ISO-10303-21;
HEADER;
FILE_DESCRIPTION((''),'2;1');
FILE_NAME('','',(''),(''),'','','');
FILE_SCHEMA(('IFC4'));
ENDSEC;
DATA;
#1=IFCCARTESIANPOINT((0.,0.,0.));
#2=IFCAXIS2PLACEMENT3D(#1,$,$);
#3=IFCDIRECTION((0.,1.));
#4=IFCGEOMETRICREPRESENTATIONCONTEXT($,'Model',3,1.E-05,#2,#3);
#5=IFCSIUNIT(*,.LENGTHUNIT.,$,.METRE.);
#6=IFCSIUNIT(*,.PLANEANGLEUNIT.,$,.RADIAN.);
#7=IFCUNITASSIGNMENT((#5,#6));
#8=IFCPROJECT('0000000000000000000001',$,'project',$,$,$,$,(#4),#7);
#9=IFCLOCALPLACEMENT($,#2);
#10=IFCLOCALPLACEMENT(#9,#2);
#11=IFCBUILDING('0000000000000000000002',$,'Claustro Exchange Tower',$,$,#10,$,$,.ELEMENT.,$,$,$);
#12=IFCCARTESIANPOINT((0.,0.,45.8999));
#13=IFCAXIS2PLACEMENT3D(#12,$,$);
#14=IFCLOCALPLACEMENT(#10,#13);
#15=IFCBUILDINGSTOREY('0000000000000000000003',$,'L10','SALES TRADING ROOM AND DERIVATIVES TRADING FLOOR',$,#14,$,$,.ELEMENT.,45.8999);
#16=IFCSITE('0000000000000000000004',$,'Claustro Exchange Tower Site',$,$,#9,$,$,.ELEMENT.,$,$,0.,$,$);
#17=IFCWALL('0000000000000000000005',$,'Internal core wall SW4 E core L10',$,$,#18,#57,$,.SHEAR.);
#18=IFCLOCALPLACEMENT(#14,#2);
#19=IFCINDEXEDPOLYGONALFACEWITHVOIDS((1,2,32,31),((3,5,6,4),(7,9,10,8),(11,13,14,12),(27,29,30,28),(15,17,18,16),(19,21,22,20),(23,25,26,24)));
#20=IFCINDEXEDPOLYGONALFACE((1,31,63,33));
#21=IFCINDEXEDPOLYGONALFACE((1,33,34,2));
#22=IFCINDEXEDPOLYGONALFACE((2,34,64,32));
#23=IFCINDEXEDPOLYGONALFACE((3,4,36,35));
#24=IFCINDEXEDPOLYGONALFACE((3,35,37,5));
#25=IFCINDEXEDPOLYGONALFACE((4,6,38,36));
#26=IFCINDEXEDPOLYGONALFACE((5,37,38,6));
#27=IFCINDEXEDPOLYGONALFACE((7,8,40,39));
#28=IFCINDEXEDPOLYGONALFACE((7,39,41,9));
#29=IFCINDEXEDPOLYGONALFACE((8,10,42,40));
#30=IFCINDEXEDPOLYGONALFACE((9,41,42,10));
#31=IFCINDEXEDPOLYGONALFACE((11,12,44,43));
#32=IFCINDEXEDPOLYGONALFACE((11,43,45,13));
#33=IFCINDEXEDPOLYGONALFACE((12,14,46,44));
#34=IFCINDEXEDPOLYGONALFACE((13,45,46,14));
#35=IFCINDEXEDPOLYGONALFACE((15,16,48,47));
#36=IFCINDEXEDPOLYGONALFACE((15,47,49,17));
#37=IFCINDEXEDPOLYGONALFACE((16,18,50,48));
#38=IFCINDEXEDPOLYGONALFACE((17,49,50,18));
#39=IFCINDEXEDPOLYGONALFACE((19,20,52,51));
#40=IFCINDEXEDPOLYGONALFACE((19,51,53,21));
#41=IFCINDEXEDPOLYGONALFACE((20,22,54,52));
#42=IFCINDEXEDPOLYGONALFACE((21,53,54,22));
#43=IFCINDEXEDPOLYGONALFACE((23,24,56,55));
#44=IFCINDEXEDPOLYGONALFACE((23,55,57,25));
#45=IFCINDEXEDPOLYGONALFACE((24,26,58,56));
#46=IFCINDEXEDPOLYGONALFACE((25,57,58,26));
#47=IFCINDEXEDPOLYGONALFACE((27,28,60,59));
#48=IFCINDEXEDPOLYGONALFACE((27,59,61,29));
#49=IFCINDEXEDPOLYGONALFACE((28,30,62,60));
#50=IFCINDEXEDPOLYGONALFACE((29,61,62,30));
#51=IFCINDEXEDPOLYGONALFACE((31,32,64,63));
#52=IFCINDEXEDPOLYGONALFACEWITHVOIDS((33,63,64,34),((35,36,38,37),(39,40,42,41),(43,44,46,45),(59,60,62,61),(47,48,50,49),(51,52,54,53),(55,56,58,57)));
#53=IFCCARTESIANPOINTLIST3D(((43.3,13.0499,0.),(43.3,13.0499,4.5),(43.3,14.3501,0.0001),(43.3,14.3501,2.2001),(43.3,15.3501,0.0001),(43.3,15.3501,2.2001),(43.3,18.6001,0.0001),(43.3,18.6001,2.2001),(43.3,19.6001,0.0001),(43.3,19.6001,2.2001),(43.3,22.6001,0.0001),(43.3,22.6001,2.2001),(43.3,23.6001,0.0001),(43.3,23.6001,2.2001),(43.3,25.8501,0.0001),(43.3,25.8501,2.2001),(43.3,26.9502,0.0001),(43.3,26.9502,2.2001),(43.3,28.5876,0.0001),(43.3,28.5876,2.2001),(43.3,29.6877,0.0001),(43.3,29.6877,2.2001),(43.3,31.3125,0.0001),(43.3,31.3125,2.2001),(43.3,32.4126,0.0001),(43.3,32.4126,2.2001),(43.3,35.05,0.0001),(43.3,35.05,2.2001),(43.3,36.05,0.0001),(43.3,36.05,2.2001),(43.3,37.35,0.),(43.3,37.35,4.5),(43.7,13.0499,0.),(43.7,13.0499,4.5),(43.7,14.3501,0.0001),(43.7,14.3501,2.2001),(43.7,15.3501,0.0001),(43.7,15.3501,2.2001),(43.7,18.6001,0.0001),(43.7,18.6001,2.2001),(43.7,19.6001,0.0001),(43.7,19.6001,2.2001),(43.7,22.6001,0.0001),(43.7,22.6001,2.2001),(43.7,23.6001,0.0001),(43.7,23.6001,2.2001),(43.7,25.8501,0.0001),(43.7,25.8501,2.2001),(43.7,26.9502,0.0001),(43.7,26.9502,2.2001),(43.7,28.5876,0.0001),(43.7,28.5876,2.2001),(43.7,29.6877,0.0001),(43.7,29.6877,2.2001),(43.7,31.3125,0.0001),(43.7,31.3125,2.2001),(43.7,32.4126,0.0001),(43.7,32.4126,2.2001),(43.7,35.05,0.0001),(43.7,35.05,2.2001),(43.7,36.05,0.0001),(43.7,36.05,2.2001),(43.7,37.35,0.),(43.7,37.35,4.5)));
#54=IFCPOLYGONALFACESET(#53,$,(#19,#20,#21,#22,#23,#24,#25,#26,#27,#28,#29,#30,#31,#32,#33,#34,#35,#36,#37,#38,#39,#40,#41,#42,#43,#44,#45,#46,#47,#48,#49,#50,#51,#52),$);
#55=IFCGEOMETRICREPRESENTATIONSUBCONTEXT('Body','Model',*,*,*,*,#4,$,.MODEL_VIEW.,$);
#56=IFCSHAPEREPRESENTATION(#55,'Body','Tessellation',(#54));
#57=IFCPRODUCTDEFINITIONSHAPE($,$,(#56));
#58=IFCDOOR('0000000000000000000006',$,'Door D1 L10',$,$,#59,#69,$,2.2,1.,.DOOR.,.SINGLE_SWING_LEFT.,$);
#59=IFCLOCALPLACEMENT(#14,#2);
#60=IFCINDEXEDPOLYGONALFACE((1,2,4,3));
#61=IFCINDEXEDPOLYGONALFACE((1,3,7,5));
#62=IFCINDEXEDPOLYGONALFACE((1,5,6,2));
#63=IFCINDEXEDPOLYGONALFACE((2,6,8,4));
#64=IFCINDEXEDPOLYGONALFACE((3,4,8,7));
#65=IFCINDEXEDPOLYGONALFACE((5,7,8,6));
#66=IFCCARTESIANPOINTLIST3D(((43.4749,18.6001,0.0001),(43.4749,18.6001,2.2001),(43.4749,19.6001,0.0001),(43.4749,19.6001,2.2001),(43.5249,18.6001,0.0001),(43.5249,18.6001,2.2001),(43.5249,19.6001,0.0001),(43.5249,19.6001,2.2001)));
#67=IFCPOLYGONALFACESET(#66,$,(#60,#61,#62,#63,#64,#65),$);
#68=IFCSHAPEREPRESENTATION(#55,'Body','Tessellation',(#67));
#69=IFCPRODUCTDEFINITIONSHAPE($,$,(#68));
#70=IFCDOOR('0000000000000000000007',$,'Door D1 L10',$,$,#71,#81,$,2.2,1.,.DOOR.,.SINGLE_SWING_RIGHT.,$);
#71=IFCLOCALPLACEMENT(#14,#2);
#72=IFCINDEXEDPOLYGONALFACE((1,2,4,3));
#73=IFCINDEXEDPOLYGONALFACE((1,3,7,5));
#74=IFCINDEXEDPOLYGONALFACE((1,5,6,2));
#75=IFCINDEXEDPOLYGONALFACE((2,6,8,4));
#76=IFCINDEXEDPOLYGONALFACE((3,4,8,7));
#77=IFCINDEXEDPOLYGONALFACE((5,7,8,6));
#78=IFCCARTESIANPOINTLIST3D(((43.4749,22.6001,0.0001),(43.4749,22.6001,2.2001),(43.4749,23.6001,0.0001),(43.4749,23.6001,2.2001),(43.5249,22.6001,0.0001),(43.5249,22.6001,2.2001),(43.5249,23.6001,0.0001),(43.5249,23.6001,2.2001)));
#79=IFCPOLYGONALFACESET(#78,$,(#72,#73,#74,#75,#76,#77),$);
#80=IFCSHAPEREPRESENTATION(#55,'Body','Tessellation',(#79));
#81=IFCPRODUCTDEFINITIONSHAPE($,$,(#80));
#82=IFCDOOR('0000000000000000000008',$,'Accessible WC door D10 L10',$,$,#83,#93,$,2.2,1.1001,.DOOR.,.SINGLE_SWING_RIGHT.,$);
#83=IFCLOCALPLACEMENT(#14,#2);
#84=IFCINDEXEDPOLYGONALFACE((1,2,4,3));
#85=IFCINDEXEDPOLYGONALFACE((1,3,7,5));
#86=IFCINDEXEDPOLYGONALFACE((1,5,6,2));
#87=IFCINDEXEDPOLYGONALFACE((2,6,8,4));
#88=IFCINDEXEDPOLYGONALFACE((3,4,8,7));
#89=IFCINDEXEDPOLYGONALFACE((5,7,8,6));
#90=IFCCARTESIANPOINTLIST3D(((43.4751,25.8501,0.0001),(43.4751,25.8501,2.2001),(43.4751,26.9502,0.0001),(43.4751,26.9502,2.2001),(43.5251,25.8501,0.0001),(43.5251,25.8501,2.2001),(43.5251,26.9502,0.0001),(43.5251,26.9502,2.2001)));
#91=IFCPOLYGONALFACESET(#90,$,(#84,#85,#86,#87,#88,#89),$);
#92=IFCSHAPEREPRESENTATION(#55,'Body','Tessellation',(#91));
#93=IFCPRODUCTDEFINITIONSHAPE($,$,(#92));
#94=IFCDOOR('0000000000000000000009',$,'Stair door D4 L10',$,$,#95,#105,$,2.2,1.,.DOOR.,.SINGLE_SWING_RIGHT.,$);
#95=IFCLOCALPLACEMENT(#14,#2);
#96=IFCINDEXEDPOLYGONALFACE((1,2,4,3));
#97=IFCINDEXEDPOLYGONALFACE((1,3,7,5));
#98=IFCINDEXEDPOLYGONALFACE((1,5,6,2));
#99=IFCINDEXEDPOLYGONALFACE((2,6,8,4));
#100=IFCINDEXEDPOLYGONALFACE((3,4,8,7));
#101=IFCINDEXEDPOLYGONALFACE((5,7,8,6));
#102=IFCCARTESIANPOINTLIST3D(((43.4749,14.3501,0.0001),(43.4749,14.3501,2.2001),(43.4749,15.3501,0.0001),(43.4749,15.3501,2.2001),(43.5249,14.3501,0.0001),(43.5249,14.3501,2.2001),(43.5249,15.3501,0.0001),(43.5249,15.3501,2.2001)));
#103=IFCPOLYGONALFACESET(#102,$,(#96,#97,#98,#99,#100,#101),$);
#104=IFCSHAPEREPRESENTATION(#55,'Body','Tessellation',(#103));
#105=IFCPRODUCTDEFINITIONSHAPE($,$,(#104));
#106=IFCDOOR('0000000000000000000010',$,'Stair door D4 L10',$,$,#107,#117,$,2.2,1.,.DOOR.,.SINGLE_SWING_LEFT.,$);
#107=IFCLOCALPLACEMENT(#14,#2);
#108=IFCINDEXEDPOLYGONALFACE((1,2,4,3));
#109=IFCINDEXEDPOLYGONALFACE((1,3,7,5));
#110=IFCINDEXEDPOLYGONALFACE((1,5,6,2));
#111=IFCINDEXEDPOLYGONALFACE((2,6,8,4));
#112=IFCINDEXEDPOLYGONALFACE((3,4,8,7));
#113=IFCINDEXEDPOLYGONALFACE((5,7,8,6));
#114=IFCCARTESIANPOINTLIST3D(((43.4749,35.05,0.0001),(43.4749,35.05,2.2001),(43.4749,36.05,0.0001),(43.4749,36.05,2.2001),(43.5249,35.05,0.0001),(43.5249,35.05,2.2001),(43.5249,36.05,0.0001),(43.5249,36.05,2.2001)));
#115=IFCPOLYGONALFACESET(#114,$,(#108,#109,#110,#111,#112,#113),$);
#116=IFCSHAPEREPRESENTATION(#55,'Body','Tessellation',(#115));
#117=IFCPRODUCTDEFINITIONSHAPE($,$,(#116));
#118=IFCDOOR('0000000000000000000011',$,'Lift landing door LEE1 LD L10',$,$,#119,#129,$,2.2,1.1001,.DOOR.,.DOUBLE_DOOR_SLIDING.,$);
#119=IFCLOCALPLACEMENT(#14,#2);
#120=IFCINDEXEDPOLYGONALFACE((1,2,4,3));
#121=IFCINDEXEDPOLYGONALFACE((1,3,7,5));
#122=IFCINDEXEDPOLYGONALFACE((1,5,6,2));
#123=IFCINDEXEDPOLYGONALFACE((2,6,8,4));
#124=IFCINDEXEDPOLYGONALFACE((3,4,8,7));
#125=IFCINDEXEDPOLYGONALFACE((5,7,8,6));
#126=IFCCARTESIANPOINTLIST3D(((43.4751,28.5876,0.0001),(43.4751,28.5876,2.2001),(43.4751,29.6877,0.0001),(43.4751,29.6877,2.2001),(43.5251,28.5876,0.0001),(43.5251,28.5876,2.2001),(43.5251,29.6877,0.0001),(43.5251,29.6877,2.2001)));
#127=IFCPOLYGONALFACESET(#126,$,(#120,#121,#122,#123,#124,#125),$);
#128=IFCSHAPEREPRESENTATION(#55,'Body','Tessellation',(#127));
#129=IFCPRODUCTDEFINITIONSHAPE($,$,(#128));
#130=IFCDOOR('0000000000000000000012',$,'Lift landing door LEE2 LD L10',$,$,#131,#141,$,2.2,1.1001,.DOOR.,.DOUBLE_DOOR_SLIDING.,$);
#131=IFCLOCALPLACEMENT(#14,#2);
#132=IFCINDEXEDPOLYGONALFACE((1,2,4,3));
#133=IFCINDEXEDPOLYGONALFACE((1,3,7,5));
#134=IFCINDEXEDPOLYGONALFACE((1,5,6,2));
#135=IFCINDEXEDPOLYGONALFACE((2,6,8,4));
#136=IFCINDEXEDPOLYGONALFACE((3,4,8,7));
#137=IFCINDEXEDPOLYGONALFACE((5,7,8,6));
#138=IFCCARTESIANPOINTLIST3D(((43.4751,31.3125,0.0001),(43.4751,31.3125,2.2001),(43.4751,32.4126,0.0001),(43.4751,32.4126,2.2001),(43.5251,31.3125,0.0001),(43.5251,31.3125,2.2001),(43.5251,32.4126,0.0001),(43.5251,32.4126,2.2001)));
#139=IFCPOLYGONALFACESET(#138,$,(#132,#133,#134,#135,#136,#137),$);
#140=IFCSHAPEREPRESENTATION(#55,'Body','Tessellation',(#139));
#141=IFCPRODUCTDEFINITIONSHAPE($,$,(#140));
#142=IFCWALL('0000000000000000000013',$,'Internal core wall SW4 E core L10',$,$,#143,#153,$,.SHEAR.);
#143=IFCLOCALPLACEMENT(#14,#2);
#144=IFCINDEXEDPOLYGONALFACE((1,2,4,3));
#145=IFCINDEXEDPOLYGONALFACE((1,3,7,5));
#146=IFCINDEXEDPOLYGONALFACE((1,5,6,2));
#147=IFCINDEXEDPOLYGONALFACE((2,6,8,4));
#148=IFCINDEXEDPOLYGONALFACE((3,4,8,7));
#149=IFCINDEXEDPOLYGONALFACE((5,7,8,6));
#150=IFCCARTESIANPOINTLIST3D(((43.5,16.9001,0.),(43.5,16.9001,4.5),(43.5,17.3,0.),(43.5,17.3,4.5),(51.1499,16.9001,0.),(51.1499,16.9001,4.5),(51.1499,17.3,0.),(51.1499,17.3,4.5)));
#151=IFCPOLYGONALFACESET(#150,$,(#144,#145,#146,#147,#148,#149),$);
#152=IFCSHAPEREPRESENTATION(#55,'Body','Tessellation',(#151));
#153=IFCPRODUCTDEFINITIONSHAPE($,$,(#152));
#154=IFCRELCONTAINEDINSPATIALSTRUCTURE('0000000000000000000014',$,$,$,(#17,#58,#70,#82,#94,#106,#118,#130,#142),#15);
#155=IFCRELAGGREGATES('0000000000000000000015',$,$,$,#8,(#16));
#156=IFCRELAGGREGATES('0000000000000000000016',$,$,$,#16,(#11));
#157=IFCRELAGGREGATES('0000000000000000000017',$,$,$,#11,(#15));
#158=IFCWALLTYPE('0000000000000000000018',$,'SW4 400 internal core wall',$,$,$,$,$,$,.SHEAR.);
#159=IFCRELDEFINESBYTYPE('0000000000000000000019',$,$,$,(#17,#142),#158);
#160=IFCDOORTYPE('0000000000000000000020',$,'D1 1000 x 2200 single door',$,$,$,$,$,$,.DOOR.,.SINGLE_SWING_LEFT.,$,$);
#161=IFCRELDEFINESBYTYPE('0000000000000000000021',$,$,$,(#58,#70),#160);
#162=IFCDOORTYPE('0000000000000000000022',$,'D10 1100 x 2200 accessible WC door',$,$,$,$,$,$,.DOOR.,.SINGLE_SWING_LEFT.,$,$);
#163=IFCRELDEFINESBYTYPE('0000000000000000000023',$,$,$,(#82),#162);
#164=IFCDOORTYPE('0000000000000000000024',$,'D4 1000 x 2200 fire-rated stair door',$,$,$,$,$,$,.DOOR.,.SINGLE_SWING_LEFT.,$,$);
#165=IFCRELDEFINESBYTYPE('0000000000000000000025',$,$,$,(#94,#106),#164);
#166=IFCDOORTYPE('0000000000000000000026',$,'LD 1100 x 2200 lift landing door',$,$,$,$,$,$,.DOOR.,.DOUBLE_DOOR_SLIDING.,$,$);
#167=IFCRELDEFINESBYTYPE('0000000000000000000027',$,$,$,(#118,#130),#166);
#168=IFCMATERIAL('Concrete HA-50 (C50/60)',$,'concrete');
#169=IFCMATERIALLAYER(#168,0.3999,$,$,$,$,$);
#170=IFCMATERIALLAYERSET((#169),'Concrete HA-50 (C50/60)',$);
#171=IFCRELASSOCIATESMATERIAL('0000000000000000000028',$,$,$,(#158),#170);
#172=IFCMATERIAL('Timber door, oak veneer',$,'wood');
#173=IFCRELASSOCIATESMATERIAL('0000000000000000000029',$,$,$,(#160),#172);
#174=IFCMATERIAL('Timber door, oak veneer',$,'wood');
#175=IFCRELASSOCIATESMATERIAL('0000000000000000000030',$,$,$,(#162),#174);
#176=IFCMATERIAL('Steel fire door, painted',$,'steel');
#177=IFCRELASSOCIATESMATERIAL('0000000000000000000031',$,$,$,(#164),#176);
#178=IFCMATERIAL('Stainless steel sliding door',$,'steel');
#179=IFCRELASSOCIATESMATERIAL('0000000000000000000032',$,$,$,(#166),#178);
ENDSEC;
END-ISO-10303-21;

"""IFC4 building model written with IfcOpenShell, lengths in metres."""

from ifc_helpers import new_model, si_unit, direction, frame, frame_2d, origin, place, context, subcontext, project, spatial, rectangle, extrude, material, layer, layer_set, type_object, element, fill, save


model = new_model("IFC4")

# Units and contexts
model_context = context("Model", 3, precision=1e-05, world=origin(), true_north=direction((0.0, 1.0)))
body_context = subcontext(model_context, "Body", "Model", "MODEL_VIEW")
ifc_project = project(units=[si_unit("LENGTHUNIT", "METRE"), si_unit("PLANEANGLEUNIT", "RADIAN")], contexts=[model_context])

# Site, building, storey
site_placement = place(None, origin())
site = spatial("IfcSite", under=ifc_project, at=site_placement, Name="Claustro Exchange Tower Site", CompositionType="ELEMENT", RefElevation=0.0)
building_placement = place(site_placement, origin())
building = spatial("IfcBuilding", under=site, at=building_placement, Name="Claustro Exchange Tower", CompositionType="ELEMENT")
storey_placement = place(building_placement, frame((0.0, 0.0, 45.8999)))
storey = spatial("IfcBuildingStorey", under=building, at=storey_placement, Name="L10", Description="SALES TRADING ROOM AND DERIVATIVES TRADING FLOOR", CompositionType="ELEMENT", Elevation=45.8999)

# Wall, openings, doors
ifc_material_1 = material(Name="Concrete HA-50 (C50/60)", Category="concrete")
ifc_layer_1 = layer(ifc_material_1, 0.3999)
ifc_layer_set_1 = layer_set([ifc_layer_1], Name="Concrete HA-50 (C50/60)")
wall_type_1 = type_object("IfcWallType", Name="SW4 400 internal core wall", PredefinedType="SHEAR", material=ifc_layer_set_1)
wall_1_placement = place(storey_placement, frame((43.5, 13.05, 0.0), z_axis=(0.0, 0.0, 1.0), x_axis=(0.0, 1.0, 0.0)))
wall_1 = element("IfcWall", 1, at=wall_1_placement, inside=storey, type_object=wall_type_1, Name="Internal core wall SW4 E core L10", PredefinedType="SHEAR", context=body_context, shape_type="SweptSolid", body=[
    extrude(rectangle(XDim=24.3, YDim=0.3999, at=frame_2d((12.1499, 0.0))), origin(), (0.0, 0.0, 1.0), 4.5),
])
opening_1_placement = place(wall_1_placement, frame((1.3, 0.0, 0.0)))
opening_1 = element("IfcOpeningElement", 2, at=opening_1_placement, cuts=wall_1, PredefinedType="OPENING", context=body_context, shape_type="SweptSolid", body=[
    extrude(rectangle(XDim=1.0, YDim=2.2, at=frame_2d((0.5, 1.1001))), frame((0.0, 0.21, 0.0), z_axis=(0.0, -1.0, 0.0), x_axis=(1.0, 0.0, 0.0)), (0.0, 0.0, 1.0), 0.4199),
])
opening_2_placement = place(wall_1_placement, frame((22.0, 0.0, 0.0)))
opening_2 = element("IfcOpeningElement", 3, at=opening_2_placement, cuts=wall_1, PredefinedType="OPENING", context=body_context, shape_type="SweptSolid", body=[
    extrude(rectangle(XDim=1.0, YDim=2.2, at=frame_2d((0.5, 1.1001))), frame((0.0, 0.21, 0.0), z_axis=(0.0, -1.0, 0.0), x_axis=(1.0, 0.0, 0.0)), (0.0, 0.0, 1.0), 0.4199),
])
opening_3_placement = place(wall_1_placement, frame((5.55, 0.0, 0.0)))
opening_3 = element("IfcOpeningElement", 4, at=opening_3_placement, cuts=wall_1, PredefinedType="OPENING", context=body_context, shape_type="SweptSolid", body=[
    extrude(rectangle(XDim=1.0, YDim=2.2, at=frame_2d((0.5, 1.1001))), frame((0.0, 0.21, 0.0), z_axis=(0.0, -1.0, 0.0), x_axis=(1.0, 0.0, 0.0)), (0.0, 0.0, 1.0), 0.4199),
])
opening_4_placement = place(wall_1_placement, frame((9.55, 0.0, 0.0)))
opening_4 = element("IfcOpeningElement", 5, at=opening_4_placement, cuts=wall_1, PredefinedType="OPENING", context=body_context, shape_type="SweptSolid", body=[
    extrude(rectangle(XDim=1.0, YDim=2.2, at=frame_2d((0.5, 1.1001))), frame((0.0, 0.21, 0.0), z_axis=(0.0, -1.0, 0.0), x_axis=(1.0, 0.0, 0.0)), (0.0, 0.0, 1.0), 0.4199),
])
opening_5_placement = place(wall_1_placement, frame((12.8, 0.0, 0.0)))
opening_5 = element("IfcOpeningElement", 6, at=opening_5_placement, cuts=wall_1, PredefinedType="OPENING", context=body_context, shape_type="SweptSolid", body=[
    extrude(rectangle(XDim=1.1001, YDim=2.2, at=frame_2d((0.55, 1.1001))), frame((0.0, 0.21, 0.0), z_axis=(0.0, -1.0, 0.0), x_axis=(1.0, 0.0, 0.0)), (0.0, 0.0, 1.0), 0.4199),
])
opening_6_placement = place(wall_1_placement, frame((15.5376, 0.0, 0.0)))
opening_6 = element("IfcOpeningElement", 7, at=opening_6_placement, cuts=wall_1, PredefinedType="OPENING", context=body_context, shape_type="SweptSolid", body=[
    extrude(rectangle(XDim=1.1001, YDim=2.2, at=frame_2d((0.55, 1.1001))), frame((0.0, 0.21, 0.0), z_axis=(0.0, -1.0, 0.0), x_axis=(1.0, 0.0, 0.0)), (0.0, 0.0, 1.0), 0.4199),
])
opening_7_placement = place(wall_1_placement, frame((18.2625, 0.0, 0.0)))
opening_7 = element("IfcOpeningElement", 8, at=opening_7_placement, cuts=wall_1, PredefinedType="OPENING", context=body_context, shape_type="SweptSolid", body=[
    extrude(rectangle(XDim=1.1001, YDim=2.2, at=frame_2d((0.55, 1.1001))), frame((0.0, 0.21, 0.0), z_axis=(0.0, -1.0, 0.0), x_axis=(1.0, 0.0, 0.0)), (0.0, 0.0, 1.0), 0.4199),
])
ifc_material_2 = material(Name="Timber door, oak veneer", Category="wood")
door_type_1 = type_object("IfcDoorType", Name="D1 1000 x 2200 single door", OperationType="SINGLE_SWING_LEFT", PredefinedType="DOOR", material=ifc_material_2)
door_1_placement = place(opening_3_placement, frame((1.0, 0.0, 0.0), z_axis=(0.0, 0.0, 1.0), x_axis=(-1.0, 0.0, 0.0)))
door_1 = element("IfcDoor", 9, at=door_1_placement, inside=storey, type_object=door_type_1, Name="Door D1 L10", OperationType="SINGLE_SWING_LEFT", OverallHeight=2.2, OverallWidth=1.0, PredefinedType="DOOR", context=body_context, shape_type="SweptSolid", body=[
    extrude(rectangle(XDim=1.0, YDim=2.2, at=frame_2d((0.5, 1.1001))), frame((0.0, 0.0249, 0.0), z_axis=(0.0, -1.0, 0.0), x_axis=(1.0, 0.0, 0.0)), (0.0, 0.0, 1.0), 0.05),
])
fill(opening_3, door_1)
door_2_placement = place(opening_4_placement, frame((1.0, 0.0, 0.0), z_axis=(0.0, 0.0, 1.0), x_axis=(-1.0, 0.0, 0.0)))
door_2 = element("IfcDoor", 10, at=door_2_placement, inside=storey, type_object=door_type_1, Name="Door D1 L10", OperationType="SINGLE_SWING_RIGHT", OverallHeight=2.2, OverallWidth=1.0, PredefinedType="DOOR", context=body_context, shape_type="SweptSolid", body=[
    extrude(rectangle(XDim=1.0, YDim=2.2, at=frame_2d((0.5, 1.1001))), frame((0.0, 0.0249, 0.0), z_axis=(0.0, -1.0, 0.0), x_axis=(1.0, 0.0, 0.0)), (0.0, 0.0, 1.0), 0.05),
])
fill(opening_4, door_2)
ifc_material_3 = material(Name="Timber door, oak veneer", Category="wood")
door_type_2 = type_object("IfcDoorType", Name="D10 1100 x 2200 accessible WC door", OperationType="SINGLE_SWING_LEFT", PredefinedType="DOOR", material=ifc_material_3)
door_3_placement = place(opening_5_placement, origin())
door_3 = element("IfcDoor", 11, at=door_3_placement, inside=storey, type_object=door_type_2, Name="Accessible WC door D10 L10", OperationType="SINGLE_SWING_RIGHT", OverallHeight=2.2, OverallWidth=1.1001, PredefinedType="DOOR", context=body_context, shape_type="SweptSolid", body=[
    extrude(rectangle(XDim=1.1001, YDim=2.2, at=frame_2d((0.55, 1.1001))), frame((0.0, 0.0249, 0.0), z_axis=(0.0, -1.0, 0.0), x_axis=(1.0, 0.0, 0.0)), (0.0, 0.0, 1.0), 0.05),
])
fill(opening_5, door_3)
ifc_material_4 = material(Name="Steel fire door, painted", Category="steel")
door_type_3 = type_object("IfcDoorType", Name="D4 1000 x 2200 fire-rated stair door", OperationType="SINGLE_SWING_LEFT", PredefinedType="DOOR", material=ifc_material_4)
door_4_placement = place(opening_1_placement, frame((1.0, 0.0, 0.0), z_axis=(0.0, 0.0, 1.0), x_axis=(-1.0, 0.0, 0.0)))
door_4 = element("IfcDoor", 12, at=door_4_placement, inside=storey, type_object=door_type_3, Name="Stair door D4 L10", OperationType="SINGLE_SWING_RIGHT", OverallHeight=2.2, OverallWidth=1.0, PredefinedType="DOOR", context=body_context, shape_type="SweptSolid", body=[
    extrude(rectangle(XDim=1.0, YDim=2.2, at=frame_2d((0.5, 1.1001))), frame((0.0, 0.0249, 0.0), z_axis=(0.0, -1.0, 0.0), x_axis=(1.0, 0.0, 0.0)), (0.0, 0.0, 1.0), 0.05),
])
fill(opening_1, door_4)
door_5_placement = place(opening_2_placement, frame((1.0, 0.0, 0.0), z_axis=(0.0, 0.0, 1.0), x_axis=(-1.0, 0.0, 0.0)))
door_5 = element("IfcDoor", 13, at=door_5_placement, inside=storey, type_object=door_type_3, Name="Stair door D4 L10", OperationType="SINGLE_SWING_LEFT", OverallHeight=2.2, OverallWidth=1.0, PredefinedType="DOOR", context=body_context, shape_type="SweptSolid", body=[
    extrude(rectangle(XDim=1.0, YDim=2.2, at=frame_2d((0.5, 1.1001))), frame((0.0, 0.0249, 0.0), z_axis=(0.0, -1.0, 0.0), x_axis=(1.0, 0.0, 0.0)), (0.0, 0.0, 1.0), 0.05),
])
fill(opening_2, door_5)
ifc_material_5 = material(Name="Stainless steel sliding door", Category="steel")
door_type_4 = type_object("IfcDoorType", Name="LD 1100 x 2200 lift landing door", OperationType="DOUBLE_DOOR_SLIDING", PredefinedType="DOOR", material=ifc_material_5)
door_6_placement = place(opening_6_placement, origin())
door_6 = element("IfcDoor", 14, at=door_6_placement, inside=storey, type_object=door_type_4, Name="Lift landing door LEE1 LD L10", OperationType="DOUBLE_DOOR_SLIDING", OverallHeight=2.2, OverallWidth=1.1001, PredefinedType="DOOR", context=body_context, shape_type="SweptSolid", body=[
    extrude(rectangle(XDim=1.1001, YDim=2.2, at=frame_2d((0.55, 1.1001))), frame((0.0, 0.0249, 0.0), z_axis=(0.0, -1.0, 0.0), x_axis=(1.0, 0.0, 0.0)), (0.0, 0.0, 1.0), 0.05),
])
fill(opening_6, door_6)
door_7_placement = place(opening_7_placement, origin())
door_7 = element("IfcDoor", 15, at=door_7_placement, inside=storey, type_object=door_type_4, Name="Lift landing door LEE2 LD L10", OperationType="DOUBLE_DOOR_SLIDING", OverallHeight=2.2, OverallWidth=1.1001, PredefinedType="DOOR", context=body_context, shape_type="SweptSolid", body=[
    extrude(rectangle(XDim=1.1001, YDim=2.2, at=frame_2d((0.55, 1.1001))), frame((0.0, 0.0249, 0.0), z_axis=(0.0, -1.0, 0.0), x_axis=(1.0, 0.0, 0.0)), (0.0, 0.0, 1.0), 0.05),
])
fill(opening_7, door_7)

# Wall
for number, where, z_axis, x_axis, name in (
    (16, (51.1499, 17.1001, 0.0), (0.0, 0.0, 1.0), (-1.0, 0.0, 0.0), "Internal core wall SW4 E core L10"),
):
    element("IfcWall", number, at=place(storey_placement, frame(where, z_axis=z_axis, x_axis=x_axis)), inside=storey, type_object=wall_type_1, Name=name, PredefinedType="SHEAR", context=body_context, shape_type="SweptSolid", body=[
        extrude(rectangle(XDim=7.6499, YDim=0.3999, at=frame_2d((3.825, 0.0))), origin(), (0.0, 0.0, 1.0), 4.5),
    ])

save(model, "model.ifc")
